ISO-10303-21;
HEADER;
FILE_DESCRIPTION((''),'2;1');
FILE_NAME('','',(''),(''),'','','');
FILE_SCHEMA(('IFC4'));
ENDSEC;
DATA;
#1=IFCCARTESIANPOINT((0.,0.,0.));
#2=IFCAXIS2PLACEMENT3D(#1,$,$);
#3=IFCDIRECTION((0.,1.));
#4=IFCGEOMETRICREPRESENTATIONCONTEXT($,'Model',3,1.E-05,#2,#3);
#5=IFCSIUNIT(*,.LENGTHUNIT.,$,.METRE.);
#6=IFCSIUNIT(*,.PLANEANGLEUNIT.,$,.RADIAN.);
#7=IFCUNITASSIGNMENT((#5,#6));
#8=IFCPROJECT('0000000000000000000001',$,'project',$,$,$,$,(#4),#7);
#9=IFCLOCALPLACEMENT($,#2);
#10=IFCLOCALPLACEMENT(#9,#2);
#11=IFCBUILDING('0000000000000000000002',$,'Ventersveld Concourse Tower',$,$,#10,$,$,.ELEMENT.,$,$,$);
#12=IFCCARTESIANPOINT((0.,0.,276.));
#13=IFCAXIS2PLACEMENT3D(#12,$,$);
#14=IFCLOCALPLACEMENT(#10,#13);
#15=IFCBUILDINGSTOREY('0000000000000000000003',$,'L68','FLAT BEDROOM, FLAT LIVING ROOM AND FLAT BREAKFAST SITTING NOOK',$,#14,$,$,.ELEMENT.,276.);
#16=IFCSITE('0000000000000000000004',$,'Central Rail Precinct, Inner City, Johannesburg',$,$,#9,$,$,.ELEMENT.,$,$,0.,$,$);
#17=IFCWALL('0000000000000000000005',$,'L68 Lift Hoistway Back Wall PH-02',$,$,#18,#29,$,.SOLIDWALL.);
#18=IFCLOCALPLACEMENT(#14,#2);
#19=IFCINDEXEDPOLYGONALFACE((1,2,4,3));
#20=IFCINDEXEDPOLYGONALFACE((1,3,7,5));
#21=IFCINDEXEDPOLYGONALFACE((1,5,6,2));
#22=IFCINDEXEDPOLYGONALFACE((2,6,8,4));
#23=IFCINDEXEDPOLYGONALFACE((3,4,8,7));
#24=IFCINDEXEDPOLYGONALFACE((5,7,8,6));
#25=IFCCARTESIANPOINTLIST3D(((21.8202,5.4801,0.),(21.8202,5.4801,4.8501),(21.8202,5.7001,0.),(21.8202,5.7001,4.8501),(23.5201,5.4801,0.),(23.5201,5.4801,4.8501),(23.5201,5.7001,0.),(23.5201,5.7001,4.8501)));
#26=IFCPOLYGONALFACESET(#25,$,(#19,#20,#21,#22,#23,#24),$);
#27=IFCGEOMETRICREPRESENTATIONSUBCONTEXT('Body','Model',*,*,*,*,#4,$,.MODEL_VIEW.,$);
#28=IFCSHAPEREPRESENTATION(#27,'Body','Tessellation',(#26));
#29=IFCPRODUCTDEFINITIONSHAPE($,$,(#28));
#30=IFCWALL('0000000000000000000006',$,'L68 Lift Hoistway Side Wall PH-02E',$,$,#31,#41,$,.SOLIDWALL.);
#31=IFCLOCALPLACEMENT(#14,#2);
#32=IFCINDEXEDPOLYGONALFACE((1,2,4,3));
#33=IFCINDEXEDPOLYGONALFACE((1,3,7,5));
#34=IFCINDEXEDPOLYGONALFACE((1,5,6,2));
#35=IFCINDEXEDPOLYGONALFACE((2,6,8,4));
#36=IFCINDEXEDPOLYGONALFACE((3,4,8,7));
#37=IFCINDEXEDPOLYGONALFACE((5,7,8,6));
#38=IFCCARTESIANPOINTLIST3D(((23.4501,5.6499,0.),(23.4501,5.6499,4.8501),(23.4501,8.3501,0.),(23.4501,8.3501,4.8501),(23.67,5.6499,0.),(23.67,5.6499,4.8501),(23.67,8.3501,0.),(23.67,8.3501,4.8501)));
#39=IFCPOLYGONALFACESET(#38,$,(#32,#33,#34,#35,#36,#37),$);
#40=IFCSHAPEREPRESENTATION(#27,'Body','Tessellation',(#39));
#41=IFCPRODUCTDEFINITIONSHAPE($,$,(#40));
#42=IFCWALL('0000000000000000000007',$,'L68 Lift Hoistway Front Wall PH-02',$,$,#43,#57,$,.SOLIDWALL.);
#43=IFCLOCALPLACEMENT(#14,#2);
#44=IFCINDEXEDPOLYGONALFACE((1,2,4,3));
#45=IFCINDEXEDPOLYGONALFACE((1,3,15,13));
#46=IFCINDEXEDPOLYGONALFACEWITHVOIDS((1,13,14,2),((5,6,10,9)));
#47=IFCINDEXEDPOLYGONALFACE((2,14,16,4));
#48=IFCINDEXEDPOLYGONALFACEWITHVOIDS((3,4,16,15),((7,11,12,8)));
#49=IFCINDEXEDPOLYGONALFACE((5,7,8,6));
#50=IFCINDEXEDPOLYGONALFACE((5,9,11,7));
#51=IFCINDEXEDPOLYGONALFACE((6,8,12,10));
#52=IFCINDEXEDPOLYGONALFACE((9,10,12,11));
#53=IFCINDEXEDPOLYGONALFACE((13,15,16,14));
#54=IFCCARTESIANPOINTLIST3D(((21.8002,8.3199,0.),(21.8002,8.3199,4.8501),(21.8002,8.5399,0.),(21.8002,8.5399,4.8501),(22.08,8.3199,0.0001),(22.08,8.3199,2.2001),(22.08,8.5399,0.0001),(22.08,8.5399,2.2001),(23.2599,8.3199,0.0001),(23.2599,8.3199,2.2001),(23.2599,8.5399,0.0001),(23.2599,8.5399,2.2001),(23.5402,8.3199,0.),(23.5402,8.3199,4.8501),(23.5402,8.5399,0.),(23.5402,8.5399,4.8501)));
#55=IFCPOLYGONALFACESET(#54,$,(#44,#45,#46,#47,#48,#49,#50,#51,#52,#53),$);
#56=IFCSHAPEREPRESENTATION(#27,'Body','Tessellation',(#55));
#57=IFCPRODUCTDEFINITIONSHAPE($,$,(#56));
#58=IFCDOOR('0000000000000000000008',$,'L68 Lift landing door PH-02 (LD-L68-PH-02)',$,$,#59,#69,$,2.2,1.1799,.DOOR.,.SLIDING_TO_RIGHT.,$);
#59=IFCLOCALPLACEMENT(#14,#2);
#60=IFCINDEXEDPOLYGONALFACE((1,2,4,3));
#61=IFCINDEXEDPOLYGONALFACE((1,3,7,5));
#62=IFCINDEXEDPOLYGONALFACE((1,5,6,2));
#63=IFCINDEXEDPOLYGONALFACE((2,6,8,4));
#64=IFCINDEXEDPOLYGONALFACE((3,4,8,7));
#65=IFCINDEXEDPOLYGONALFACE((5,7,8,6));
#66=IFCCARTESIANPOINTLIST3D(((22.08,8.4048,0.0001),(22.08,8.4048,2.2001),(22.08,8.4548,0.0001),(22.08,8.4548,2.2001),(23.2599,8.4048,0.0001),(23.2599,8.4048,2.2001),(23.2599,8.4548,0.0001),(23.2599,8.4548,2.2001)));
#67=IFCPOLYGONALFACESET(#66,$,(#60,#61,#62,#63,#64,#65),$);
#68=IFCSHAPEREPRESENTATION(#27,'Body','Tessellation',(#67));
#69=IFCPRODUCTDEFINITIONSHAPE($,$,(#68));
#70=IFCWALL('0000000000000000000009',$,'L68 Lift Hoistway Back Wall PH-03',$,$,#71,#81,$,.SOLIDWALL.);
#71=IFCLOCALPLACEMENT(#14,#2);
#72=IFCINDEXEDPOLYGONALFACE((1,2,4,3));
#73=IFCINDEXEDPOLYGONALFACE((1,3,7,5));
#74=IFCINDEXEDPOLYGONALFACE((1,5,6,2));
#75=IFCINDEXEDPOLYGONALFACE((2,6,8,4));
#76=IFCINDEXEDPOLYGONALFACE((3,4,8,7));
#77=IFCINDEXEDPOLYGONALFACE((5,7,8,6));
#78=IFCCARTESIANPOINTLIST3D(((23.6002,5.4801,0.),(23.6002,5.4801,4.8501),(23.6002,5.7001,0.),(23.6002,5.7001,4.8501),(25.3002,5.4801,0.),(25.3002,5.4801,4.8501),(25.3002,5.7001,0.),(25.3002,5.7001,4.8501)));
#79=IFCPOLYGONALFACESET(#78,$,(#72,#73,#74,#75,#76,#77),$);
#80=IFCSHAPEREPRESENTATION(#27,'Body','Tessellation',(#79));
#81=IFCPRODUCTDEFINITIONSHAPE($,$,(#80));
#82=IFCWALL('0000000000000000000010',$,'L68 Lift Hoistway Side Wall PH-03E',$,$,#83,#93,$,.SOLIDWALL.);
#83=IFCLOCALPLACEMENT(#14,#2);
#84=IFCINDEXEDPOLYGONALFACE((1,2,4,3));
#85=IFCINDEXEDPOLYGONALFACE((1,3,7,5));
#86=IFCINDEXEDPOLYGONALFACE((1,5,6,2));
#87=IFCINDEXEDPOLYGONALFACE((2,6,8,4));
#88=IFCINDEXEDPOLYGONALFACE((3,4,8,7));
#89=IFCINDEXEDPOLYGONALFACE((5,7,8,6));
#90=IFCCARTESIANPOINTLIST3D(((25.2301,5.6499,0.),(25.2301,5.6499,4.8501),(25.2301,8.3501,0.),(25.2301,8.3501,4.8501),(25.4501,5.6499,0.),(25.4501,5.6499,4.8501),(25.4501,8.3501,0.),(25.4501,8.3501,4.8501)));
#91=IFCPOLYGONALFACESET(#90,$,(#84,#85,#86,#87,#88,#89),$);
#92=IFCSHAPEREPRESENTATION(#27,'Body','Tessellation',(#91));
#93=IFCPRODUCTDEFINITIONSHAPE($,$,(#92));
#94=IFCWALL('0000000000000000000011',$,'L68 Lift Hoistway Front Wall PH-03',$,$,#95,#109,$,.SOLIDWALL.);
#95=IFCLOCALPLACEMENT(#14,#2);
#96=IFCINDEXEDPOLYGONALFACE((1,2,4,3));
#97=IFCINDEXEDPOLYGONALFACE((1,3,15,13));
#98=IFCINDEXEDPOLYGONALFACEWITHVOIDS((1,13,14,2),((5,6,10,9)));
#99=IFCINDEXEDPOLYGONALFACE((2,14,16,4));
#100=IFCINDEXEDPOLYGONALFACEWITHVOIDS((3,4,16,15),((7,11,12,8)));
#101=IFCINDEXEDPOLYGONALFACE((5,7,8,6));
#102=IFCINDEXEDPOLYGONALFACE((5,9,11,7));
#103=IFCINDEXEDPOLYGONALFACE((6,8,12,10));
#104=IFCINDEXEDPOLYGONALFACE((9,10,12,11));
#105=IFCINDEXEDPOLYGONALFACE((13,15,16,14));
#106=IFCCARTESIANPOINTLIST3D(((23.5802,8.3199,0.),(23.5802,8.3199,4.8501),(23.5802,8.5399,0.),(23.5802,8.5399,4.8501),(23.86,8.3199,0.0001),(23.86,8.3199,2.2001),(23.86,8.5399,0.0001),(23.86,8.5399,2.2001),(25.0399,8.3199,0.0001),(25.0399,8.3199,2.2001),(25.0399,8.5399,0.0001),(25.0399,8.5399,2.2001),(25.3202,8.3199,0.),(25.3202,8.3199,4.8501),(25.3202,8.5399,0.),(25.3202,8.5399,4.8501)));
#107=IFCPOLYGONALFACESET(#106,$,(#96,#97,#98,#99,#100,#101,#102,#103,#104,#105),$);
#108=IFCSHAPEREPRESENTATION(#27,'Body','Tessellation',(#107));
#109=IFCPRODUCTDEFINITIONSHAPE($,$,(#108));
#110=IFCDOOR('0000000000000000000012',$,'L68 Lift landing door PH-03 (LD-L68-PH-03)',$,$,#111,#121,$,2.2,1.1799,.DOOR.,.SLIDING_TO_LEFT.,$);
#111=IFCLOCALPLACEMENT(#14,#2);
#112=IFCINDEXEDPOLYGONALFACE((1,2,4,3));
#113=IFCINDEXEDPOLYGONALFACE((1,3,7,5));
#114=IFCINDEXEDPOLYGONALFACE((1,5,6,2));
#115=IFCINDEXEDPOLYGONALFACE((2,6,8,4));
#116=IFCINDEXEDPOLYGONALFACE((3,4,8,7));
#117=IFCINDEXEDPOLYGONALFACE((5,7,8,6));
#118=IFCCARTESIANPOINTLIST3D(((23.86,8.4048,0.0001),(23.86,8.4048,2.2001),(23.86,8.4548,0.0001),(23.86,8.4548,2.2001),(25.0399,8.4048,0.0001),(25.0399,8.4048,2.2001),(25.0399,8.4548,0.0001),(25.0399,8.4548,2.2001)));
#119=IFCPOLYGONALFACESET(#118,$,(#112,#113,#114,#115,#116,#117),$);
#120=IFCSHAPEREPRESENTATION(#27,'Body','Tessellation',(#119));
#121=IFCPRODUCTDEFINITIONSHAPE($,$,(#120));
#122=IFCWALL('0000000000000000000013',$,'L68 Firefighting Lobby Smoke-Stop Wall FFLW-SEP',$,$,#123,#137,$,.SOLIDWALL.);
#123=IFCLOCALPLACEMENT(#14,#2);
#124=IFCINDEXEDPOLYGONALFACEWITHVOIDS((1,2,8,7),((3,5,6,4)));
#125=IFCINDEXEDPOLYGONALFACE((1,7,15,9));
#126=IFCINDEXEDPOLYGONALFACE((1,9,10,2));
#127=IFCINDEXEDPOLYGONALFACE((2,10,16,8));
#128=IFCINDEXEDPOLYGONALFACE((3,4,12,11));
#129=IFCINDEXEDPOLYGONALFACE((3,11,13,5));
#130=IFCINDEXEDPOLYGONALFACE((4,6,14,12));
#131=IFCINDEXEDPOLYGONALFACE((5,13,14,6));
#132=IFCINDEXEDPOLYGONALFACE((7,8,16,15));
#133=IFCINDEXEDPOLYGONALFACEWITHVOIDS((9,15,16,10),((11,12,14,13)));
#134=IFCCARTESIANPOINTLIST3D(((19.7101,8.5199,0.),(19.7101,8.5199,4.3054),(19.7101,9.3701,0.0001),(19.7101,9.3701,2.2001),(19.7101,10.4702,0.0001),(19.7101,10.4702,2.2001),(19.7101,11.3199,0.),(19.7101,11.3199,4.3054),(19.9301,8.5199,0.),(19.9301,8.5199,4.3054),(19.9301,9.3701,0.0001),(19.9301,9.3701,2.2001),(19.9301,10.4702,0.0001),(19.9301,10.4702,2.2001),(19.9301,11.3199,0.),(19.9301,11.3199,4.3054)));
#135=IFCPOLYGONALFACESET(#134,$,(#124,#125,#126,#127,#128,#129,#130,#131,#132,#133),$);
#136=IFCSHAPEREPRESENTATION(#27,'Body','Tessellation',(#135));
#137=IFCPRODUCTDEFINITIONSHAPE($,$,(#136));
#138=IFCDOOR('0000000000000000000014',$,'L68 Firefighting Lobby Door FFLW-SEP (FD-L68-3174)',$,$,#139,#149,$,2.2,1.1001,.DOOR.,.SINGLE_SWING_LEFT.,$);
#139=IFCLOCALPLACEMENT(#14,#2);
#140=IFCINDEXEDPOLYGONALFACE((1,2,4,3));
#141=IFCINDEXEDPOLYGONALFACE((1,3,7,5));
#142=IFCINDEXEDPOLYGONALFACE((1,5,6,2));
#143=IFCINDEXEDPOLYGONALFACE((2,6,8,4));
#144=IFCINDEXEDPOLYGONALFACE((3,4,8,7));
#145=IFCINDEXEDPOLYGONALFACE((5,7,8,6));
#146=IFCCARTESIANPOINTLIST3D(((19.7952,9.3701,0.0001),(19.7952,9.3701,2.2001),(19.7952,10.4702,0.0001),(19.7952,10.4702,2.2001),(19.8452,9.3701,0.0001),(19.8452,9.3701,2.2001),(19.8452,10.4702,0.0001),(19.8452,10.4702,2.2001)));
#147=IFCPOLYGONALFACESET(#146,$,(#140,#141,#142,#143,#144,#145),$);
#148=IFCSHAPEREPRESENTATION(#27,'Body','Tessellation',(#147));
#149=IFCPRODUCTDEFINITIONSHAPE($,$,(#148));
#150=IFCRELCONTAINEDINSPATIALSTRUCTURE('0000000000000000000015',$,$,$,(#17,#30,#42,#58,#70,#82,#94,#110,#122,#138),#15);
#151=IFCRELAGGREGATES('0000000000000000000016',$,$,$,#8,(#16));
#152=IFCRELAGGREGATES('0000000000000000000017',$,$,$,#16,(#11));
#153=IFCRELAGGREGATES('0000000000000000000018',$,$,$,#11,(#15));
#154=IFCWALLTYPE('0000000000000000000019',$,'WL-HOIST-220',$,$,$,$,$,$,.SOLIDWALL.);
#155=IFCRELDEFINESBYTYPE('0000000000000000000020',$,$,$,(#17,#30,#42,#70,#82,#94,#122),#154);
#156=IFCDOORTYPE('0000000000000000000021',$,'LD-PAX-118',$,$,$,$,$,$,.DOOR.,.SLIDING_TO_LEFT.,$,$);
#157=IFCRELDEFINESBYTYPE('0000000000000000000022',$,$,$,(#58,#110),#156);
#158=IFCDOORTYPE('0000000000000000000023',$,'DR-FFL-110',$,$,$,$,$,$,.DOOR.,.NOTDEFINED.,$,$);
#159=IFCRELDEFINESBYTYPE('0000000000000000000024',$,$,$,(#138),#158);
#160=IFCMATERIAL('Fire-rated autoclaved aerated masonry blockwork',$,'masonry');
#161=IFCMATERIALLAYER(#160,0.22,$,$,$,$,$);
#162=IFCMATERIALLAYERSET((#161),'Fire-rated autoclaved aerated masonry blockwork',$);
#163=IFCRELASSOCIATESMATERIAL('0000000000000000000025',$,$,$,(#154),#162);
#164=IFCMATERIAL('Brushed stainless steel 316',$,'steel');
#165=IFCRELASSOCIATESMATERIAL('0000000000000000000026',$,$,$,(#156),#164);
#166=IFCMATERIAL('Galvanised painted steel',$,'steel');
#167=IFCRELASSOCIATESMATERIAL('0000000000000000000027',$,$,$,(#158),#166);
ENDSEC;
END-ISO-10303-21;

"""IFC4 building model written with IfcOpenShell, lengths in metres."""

from ifc_helpers import new_model, si_unit, direction, frame, frame_2d, origin, place, context, subcontext, project, spatial, rectangle, extrude, material, layer, layer_set, type_object, element, fill, save


model = new_model("IFC4")

# Units and contexts
model_context = context("Model", 3, precision=1e-05, world=origin(), true_north=direction((0.0, 1.0)))
body_context = subcontext(model_context, "Body", "Model", "MODEL_VIEW")
ifc_project = project(units=[si_unit("LENGTHUNIT", "METRE"), si_unit("PLANEANGLEUNIT", "RADIAN")], contexts=[model_context])

# Site, building, storey
site_placement = place(None, origin())
site = spatial("IfcSite", under=ifc_project, at=site_placement, Name="Central Rail Precinct, Inner City, Johannesburg", CompositionType="ELEMENT", RefElevation=0.0)
building_placement = place(site_placement, origin())
building = spatial("IfcBuilding", under=site, at=building_placement, Name="Ventersveld Concourse Tower", CompositionType="ELEMENT")
storey_placement = place(building_placement, frame((0.0, 0.0, 276.0)))
storey = spatial("IfcBuildingStorey", under=building, at=storey_placement, Name="L68", Description="FLAT BEDROOM, FLAT LIVING ROOM AND FLAT BREAKFAST SITTING NOOK", CompositionType="ELEMENT", Elevation=276.0)

# Shared definitions
ifc_material_1 = material(Name="Fire-rated autoclaved aerated masonry blockwork", Category="masonry")
ifc_material_2 = material(Name="Galvanised painted steel", Category="steel")

# Shared definitions
ifc_layer_1 = layer(ifc_material_1, 0.22)
ifc_layer_set_1 = layer_set([ifc_layer_1], Name="Fire-rated autoclaved aerated masonry blockwork")
wall_type_1 = type_object("IfcWallType", Name="WL-HOIST-220", PredefinedType="SOLIDWALL", material=ifc_layer_set_1)

# Shared definitions
ifc_material_3 = material(Name="Brushed stainless steel 316", Category="steel")
door_type_1 = type_object("IfcDoorType", Name="LD-PAX-118", OperationType="SLIDING_TO_LEFT", PredefinedType="DOOR", material=ifc_material_3)

# Walls
wall_1_placement = place(storey_placement, frame((21.8201, 5.5901, 0.0), z_axis=(0.0, 0.0, 1.0), x_axis=(1.0, 0.0, 0.0)))
element("IfcWall", 1, at=wall_1_placement, inside=storey, type_object=wall_type_1, Name="L68 Lift Hoistway Back Wall PH-02", PredefinedType="SOLIDWALL", context=body_context, shape_type="SweptSolid", body=[
    extrude(rectangle(XDim=1.7, YDim=0.22, at=frame_2d((0.8501, 0.0))), origin(), (0.0, 0.0, 1.0), 4.8501),
])
wall_2_placement = place(storey_placement, frame((23.5601, 5.6499, 0.0), z_axis=(0.0, 0.0, 1.0), x_axis=(0.0, 1.0, 0.0)))
element("IfcWall", 2, at=wall_2_placement, inside=storey, type_object=wall_type_1, Name="L68 Lift Hoistway Side Wall PH-02E", PredefinedType="SOLIDWALL", context=body_context, shape_type="SweptSolid", body=[
    extrude(rectangle(XDim=2.7002, YDim=0.22, at=frame_2d((1.3501, 0.0))), origin(), (0.0, 0.0, 1.0), 4.8501),
])

# Wall, opening, door
wall_3_placement = place(storey_placement, frame((21.8, 8.4299, 0.0), z_axis=(0.0, 0.0, 1.0), x_axis=(1.0, 0.0, 0.0)))
wall_3 = element("IfcWall", 3, at=wall_3_placement, inside=storey, type_object=wall_type_1, Name="L68 Lift Hoistway Front Wall PH-02", PredefinedType="SOLIDWALL", context=body_context, shape_type="SweptSolid", body=[
    extrude(rectangle(XDim=1.74, YDim=0.22, at=frame_2d((0.8701, 0.0))), origin(), (0.0, 0.0, 1.0), 4.8501),
])
opening_1_placement = place(wall_3_placement, frame((0.28, 0.0, 0.0)))
opening_1 = element("IfcOpeningElement", 4, at=opening_1_placement, cuts=wall_3, PredefinedType="OPENING", context=body_context, shape_type="SweptSolid", body=[
    extrude(rectangle(XDim=1.1799, YDim=2.2, at=frame_2d((0.5898, 1.1001))), frame((0.0, 0.1201, 0.0), z_axis=(0.0, -1.0, 0.0), x_axis=(1.0, 0.0, 0.0)), (0.0, 0.0, 1.0), 0.24),
])
door_1_placement = place(opening_1_placement, origin())
door_1 = element("IfcDoor", 5, at=door_1_placement, inside=storey, type_object=door_type_1, Name="L68 Lift landing door PH-02 (LD-L68-PH-02)", OperationType="SLIDING_TO_RIGHT", OverallHeight=2.2, OverallWidth=1.1799, PredefinedType="DOOR", context=body_context, shape_type="SweptSolid", body=[
    extrude(rectangle(XDim=1.1799, YDim=2.2, at=frame_2d((0.5898, 1.1001))), frame((0.0, 0.0249, 0.0), z_axis=(0.0, -1.0, 0.0), x_axis=(1.0, 0.0, 0.0)), (0.0, 0.0, 1.0), 0.05),
])
fill(opening_1, door_1)

# Walls
wall_4_placement = place(storey_placement, frame((23.6001, 5.5901, 0.0), z_axis=(0.0, 0.0, 1.0), x_axis=(1.0, 0.0, 0.0)))
element("IfcWall", 6, at=wall_4_placement, inside=storey, type_object=wall_type_1, Name="L68 Lift Hoistway Back Wall PH-03", PredefinedType="SOLIDWALL", context=body_context, shape_type="SweptSolid", body=[
    extrude(rectangle(XDim=1.7, YDim=0.22, at=frame_2d((0.8501, 0.0))), origin(), (0.0, 0.0, 1.0), 4.8501),
])
wall_5_placement = place(storey_placement, frame((25.3401, 5.6499, 0.0), z_axis=(0.0, 0.0, 1.0), x_axis=(0.0, 1.0, 0.0)))
element("IfcWall", 7, at=wall_5_placement, inside=storey, type_object=wall_type_1, Name="L68 Lift Hoistway Side Wall PH-03E", PredefinedType="SOLIDWALL", context=body_context, shape_type="SweptSolid", body=[
    extrude(rectangle(XDim=2.7002, YDim=0.22, at=frame_2d((1.3501, 0.0))), origin(), (0.0, 0.0, 1.0), 4.8501),
])

# Walls, openings, doors
wall_6_placement = place(storey_placement, frame((23.5801, 8.4299, 0.0), z_axis=(0.0, 0.0, 1.0), x_axis=(1.0, 0.0, 0.0)))
wall_6 = element("IfcWall", 8, at=wall_6_placement, inside=storey, type_object=wall_type_1, Name="L68 Lift Hoistway Front Wall PH-03", PredefinedType="SOLIDWALL", context=body_context, shape_type="SweptSolid", body=[
    extrude(rectangle(XDim=1.74, YDim=0.22, at=frame_2d((0.8701, 0.0))), origin(), (0.0, 0.0, 1.0), 4.8501),
])
opening_2_placement = place(wall_6_placement, frame((0.28, 0.0, 0.0)))
opening_2 = element("IfcOpeningElement", 9, at=opening_2_placement, cuts=wall_6, PredefinedType="OPENING", context=body_context, shape_type="SweptSolid", body=[
    extrude(rectangle(XDim=1.1799, YDim=2.2, at=frame_2d((0.5898, 1.1001))), frame((0.0, 0.1201, 0.0), z_axis=(0.0, -1.0, 0.0), x_axis=(1.0, 0.0, 0.0)), (0.0, 0.0, 1.0), 0.24),
])
door_2_placement = place(opening_2_placement, origin())
door_2 = element("IfcDoor", 10, at=door_2_placement, inside=storey, type_object=door_type_1, Name="L68 Lift landing door PH-03 (LD-L68-PH-03)", OperationType="SLIDING_TO_LEFT", OverallHeight=2.2, OverallWidth=1.1799, PredefinedType="DOOR", context=body_context, shape_type="SweptSolid", body=[
    extrude(rectangle(XDim=1.1799, YDim=2.2, at=frame_2d((0.5898, 1.1001))), frame((0.0, 0.0249, 0.0), z_axis=(0.0, -1.0, 0.0), x_axis=(1.0, 0.0, 0.0)), (0.0, 0.0, 1.0), 0.05),
])
fill(opening_2, door_2)
wall_7_placement = place(storey_placement, frame((19.8201, 8.52, 0.0), z_axis=(0.0, 0.0, 1.0), x_axis=(0.0, 1.0, 0.0)))
wall_7 = element("IfcWall", 11, at=wall_7_placement, inside=storey, type_object=wall_type_1, Name="L68 Firefighting Lobby Smoke-Stop Wall FFLW-SEP", PredefinedType="SOLIDWALL", context=body_context, shape_type="SweptSolid", body=[
    extrude(rectangle(XDim=2.8, YDim=0.22, at=frame_2d((1.3999, 0.0))), origin(), (0.0, 0.0, 1.0), 4.3054),
])
opening_3_placement = place(wall_7_placement, frame((0.8501, 0.0, 0.0)))
opening_3 = element("IfcOpeningElement", 12, at=opening_3_placement, cuts=wall_7, PredefinedType="OPENING", context=body_context, shape_type="SweptSolid", body=[
    extrude(rectangle(XDim=1.1001, YDim=2.2, at=frame_2d((0.55, 1.1001))), frame((0.0, 0.1201, 0.0), z_axis=(0.0, -1.0, 0.0), x_axis=(1.0, 0.0, 0.0)), (0.0, 0.0, 1.0), 0.24),
])
door_type_2 = type_object("IfcDoorType", Name="DR-FFL-110", OperationType="NOTDEFINED", PredefinedType="DOOR", material=ifc_material_2)
door_3_placement = place(opening_3_placement, origin())
door_3 = element("IfcDoor", 13, at=door_3_placement, inside=storey, type_object=door_type_2, Name="L68 Firefighting Lobby Door FFLW-SEP (FD-L68-3174)", OperationType="SINGLE_SWING_LEFT", OverallHeight=2.2, OverallWidth=1.1001, PredefinedType="DOOR", context=body_context, shape_type="SweptSolid", body=[
    extrude(rectangle(XDim=1.1001, YDim=2.2, at=frame_2d((0.55, 1.1001))), frame((0.0, 0.0249, 0.0), z_axis=(0.0, -1.0, 0.0), x_axis=(1.0, 0.0, 0.0)), (0.0, 0.0, 1.0), 0.05),
])
fill(opening_3, door_3)

save(model, "model.ifc")
